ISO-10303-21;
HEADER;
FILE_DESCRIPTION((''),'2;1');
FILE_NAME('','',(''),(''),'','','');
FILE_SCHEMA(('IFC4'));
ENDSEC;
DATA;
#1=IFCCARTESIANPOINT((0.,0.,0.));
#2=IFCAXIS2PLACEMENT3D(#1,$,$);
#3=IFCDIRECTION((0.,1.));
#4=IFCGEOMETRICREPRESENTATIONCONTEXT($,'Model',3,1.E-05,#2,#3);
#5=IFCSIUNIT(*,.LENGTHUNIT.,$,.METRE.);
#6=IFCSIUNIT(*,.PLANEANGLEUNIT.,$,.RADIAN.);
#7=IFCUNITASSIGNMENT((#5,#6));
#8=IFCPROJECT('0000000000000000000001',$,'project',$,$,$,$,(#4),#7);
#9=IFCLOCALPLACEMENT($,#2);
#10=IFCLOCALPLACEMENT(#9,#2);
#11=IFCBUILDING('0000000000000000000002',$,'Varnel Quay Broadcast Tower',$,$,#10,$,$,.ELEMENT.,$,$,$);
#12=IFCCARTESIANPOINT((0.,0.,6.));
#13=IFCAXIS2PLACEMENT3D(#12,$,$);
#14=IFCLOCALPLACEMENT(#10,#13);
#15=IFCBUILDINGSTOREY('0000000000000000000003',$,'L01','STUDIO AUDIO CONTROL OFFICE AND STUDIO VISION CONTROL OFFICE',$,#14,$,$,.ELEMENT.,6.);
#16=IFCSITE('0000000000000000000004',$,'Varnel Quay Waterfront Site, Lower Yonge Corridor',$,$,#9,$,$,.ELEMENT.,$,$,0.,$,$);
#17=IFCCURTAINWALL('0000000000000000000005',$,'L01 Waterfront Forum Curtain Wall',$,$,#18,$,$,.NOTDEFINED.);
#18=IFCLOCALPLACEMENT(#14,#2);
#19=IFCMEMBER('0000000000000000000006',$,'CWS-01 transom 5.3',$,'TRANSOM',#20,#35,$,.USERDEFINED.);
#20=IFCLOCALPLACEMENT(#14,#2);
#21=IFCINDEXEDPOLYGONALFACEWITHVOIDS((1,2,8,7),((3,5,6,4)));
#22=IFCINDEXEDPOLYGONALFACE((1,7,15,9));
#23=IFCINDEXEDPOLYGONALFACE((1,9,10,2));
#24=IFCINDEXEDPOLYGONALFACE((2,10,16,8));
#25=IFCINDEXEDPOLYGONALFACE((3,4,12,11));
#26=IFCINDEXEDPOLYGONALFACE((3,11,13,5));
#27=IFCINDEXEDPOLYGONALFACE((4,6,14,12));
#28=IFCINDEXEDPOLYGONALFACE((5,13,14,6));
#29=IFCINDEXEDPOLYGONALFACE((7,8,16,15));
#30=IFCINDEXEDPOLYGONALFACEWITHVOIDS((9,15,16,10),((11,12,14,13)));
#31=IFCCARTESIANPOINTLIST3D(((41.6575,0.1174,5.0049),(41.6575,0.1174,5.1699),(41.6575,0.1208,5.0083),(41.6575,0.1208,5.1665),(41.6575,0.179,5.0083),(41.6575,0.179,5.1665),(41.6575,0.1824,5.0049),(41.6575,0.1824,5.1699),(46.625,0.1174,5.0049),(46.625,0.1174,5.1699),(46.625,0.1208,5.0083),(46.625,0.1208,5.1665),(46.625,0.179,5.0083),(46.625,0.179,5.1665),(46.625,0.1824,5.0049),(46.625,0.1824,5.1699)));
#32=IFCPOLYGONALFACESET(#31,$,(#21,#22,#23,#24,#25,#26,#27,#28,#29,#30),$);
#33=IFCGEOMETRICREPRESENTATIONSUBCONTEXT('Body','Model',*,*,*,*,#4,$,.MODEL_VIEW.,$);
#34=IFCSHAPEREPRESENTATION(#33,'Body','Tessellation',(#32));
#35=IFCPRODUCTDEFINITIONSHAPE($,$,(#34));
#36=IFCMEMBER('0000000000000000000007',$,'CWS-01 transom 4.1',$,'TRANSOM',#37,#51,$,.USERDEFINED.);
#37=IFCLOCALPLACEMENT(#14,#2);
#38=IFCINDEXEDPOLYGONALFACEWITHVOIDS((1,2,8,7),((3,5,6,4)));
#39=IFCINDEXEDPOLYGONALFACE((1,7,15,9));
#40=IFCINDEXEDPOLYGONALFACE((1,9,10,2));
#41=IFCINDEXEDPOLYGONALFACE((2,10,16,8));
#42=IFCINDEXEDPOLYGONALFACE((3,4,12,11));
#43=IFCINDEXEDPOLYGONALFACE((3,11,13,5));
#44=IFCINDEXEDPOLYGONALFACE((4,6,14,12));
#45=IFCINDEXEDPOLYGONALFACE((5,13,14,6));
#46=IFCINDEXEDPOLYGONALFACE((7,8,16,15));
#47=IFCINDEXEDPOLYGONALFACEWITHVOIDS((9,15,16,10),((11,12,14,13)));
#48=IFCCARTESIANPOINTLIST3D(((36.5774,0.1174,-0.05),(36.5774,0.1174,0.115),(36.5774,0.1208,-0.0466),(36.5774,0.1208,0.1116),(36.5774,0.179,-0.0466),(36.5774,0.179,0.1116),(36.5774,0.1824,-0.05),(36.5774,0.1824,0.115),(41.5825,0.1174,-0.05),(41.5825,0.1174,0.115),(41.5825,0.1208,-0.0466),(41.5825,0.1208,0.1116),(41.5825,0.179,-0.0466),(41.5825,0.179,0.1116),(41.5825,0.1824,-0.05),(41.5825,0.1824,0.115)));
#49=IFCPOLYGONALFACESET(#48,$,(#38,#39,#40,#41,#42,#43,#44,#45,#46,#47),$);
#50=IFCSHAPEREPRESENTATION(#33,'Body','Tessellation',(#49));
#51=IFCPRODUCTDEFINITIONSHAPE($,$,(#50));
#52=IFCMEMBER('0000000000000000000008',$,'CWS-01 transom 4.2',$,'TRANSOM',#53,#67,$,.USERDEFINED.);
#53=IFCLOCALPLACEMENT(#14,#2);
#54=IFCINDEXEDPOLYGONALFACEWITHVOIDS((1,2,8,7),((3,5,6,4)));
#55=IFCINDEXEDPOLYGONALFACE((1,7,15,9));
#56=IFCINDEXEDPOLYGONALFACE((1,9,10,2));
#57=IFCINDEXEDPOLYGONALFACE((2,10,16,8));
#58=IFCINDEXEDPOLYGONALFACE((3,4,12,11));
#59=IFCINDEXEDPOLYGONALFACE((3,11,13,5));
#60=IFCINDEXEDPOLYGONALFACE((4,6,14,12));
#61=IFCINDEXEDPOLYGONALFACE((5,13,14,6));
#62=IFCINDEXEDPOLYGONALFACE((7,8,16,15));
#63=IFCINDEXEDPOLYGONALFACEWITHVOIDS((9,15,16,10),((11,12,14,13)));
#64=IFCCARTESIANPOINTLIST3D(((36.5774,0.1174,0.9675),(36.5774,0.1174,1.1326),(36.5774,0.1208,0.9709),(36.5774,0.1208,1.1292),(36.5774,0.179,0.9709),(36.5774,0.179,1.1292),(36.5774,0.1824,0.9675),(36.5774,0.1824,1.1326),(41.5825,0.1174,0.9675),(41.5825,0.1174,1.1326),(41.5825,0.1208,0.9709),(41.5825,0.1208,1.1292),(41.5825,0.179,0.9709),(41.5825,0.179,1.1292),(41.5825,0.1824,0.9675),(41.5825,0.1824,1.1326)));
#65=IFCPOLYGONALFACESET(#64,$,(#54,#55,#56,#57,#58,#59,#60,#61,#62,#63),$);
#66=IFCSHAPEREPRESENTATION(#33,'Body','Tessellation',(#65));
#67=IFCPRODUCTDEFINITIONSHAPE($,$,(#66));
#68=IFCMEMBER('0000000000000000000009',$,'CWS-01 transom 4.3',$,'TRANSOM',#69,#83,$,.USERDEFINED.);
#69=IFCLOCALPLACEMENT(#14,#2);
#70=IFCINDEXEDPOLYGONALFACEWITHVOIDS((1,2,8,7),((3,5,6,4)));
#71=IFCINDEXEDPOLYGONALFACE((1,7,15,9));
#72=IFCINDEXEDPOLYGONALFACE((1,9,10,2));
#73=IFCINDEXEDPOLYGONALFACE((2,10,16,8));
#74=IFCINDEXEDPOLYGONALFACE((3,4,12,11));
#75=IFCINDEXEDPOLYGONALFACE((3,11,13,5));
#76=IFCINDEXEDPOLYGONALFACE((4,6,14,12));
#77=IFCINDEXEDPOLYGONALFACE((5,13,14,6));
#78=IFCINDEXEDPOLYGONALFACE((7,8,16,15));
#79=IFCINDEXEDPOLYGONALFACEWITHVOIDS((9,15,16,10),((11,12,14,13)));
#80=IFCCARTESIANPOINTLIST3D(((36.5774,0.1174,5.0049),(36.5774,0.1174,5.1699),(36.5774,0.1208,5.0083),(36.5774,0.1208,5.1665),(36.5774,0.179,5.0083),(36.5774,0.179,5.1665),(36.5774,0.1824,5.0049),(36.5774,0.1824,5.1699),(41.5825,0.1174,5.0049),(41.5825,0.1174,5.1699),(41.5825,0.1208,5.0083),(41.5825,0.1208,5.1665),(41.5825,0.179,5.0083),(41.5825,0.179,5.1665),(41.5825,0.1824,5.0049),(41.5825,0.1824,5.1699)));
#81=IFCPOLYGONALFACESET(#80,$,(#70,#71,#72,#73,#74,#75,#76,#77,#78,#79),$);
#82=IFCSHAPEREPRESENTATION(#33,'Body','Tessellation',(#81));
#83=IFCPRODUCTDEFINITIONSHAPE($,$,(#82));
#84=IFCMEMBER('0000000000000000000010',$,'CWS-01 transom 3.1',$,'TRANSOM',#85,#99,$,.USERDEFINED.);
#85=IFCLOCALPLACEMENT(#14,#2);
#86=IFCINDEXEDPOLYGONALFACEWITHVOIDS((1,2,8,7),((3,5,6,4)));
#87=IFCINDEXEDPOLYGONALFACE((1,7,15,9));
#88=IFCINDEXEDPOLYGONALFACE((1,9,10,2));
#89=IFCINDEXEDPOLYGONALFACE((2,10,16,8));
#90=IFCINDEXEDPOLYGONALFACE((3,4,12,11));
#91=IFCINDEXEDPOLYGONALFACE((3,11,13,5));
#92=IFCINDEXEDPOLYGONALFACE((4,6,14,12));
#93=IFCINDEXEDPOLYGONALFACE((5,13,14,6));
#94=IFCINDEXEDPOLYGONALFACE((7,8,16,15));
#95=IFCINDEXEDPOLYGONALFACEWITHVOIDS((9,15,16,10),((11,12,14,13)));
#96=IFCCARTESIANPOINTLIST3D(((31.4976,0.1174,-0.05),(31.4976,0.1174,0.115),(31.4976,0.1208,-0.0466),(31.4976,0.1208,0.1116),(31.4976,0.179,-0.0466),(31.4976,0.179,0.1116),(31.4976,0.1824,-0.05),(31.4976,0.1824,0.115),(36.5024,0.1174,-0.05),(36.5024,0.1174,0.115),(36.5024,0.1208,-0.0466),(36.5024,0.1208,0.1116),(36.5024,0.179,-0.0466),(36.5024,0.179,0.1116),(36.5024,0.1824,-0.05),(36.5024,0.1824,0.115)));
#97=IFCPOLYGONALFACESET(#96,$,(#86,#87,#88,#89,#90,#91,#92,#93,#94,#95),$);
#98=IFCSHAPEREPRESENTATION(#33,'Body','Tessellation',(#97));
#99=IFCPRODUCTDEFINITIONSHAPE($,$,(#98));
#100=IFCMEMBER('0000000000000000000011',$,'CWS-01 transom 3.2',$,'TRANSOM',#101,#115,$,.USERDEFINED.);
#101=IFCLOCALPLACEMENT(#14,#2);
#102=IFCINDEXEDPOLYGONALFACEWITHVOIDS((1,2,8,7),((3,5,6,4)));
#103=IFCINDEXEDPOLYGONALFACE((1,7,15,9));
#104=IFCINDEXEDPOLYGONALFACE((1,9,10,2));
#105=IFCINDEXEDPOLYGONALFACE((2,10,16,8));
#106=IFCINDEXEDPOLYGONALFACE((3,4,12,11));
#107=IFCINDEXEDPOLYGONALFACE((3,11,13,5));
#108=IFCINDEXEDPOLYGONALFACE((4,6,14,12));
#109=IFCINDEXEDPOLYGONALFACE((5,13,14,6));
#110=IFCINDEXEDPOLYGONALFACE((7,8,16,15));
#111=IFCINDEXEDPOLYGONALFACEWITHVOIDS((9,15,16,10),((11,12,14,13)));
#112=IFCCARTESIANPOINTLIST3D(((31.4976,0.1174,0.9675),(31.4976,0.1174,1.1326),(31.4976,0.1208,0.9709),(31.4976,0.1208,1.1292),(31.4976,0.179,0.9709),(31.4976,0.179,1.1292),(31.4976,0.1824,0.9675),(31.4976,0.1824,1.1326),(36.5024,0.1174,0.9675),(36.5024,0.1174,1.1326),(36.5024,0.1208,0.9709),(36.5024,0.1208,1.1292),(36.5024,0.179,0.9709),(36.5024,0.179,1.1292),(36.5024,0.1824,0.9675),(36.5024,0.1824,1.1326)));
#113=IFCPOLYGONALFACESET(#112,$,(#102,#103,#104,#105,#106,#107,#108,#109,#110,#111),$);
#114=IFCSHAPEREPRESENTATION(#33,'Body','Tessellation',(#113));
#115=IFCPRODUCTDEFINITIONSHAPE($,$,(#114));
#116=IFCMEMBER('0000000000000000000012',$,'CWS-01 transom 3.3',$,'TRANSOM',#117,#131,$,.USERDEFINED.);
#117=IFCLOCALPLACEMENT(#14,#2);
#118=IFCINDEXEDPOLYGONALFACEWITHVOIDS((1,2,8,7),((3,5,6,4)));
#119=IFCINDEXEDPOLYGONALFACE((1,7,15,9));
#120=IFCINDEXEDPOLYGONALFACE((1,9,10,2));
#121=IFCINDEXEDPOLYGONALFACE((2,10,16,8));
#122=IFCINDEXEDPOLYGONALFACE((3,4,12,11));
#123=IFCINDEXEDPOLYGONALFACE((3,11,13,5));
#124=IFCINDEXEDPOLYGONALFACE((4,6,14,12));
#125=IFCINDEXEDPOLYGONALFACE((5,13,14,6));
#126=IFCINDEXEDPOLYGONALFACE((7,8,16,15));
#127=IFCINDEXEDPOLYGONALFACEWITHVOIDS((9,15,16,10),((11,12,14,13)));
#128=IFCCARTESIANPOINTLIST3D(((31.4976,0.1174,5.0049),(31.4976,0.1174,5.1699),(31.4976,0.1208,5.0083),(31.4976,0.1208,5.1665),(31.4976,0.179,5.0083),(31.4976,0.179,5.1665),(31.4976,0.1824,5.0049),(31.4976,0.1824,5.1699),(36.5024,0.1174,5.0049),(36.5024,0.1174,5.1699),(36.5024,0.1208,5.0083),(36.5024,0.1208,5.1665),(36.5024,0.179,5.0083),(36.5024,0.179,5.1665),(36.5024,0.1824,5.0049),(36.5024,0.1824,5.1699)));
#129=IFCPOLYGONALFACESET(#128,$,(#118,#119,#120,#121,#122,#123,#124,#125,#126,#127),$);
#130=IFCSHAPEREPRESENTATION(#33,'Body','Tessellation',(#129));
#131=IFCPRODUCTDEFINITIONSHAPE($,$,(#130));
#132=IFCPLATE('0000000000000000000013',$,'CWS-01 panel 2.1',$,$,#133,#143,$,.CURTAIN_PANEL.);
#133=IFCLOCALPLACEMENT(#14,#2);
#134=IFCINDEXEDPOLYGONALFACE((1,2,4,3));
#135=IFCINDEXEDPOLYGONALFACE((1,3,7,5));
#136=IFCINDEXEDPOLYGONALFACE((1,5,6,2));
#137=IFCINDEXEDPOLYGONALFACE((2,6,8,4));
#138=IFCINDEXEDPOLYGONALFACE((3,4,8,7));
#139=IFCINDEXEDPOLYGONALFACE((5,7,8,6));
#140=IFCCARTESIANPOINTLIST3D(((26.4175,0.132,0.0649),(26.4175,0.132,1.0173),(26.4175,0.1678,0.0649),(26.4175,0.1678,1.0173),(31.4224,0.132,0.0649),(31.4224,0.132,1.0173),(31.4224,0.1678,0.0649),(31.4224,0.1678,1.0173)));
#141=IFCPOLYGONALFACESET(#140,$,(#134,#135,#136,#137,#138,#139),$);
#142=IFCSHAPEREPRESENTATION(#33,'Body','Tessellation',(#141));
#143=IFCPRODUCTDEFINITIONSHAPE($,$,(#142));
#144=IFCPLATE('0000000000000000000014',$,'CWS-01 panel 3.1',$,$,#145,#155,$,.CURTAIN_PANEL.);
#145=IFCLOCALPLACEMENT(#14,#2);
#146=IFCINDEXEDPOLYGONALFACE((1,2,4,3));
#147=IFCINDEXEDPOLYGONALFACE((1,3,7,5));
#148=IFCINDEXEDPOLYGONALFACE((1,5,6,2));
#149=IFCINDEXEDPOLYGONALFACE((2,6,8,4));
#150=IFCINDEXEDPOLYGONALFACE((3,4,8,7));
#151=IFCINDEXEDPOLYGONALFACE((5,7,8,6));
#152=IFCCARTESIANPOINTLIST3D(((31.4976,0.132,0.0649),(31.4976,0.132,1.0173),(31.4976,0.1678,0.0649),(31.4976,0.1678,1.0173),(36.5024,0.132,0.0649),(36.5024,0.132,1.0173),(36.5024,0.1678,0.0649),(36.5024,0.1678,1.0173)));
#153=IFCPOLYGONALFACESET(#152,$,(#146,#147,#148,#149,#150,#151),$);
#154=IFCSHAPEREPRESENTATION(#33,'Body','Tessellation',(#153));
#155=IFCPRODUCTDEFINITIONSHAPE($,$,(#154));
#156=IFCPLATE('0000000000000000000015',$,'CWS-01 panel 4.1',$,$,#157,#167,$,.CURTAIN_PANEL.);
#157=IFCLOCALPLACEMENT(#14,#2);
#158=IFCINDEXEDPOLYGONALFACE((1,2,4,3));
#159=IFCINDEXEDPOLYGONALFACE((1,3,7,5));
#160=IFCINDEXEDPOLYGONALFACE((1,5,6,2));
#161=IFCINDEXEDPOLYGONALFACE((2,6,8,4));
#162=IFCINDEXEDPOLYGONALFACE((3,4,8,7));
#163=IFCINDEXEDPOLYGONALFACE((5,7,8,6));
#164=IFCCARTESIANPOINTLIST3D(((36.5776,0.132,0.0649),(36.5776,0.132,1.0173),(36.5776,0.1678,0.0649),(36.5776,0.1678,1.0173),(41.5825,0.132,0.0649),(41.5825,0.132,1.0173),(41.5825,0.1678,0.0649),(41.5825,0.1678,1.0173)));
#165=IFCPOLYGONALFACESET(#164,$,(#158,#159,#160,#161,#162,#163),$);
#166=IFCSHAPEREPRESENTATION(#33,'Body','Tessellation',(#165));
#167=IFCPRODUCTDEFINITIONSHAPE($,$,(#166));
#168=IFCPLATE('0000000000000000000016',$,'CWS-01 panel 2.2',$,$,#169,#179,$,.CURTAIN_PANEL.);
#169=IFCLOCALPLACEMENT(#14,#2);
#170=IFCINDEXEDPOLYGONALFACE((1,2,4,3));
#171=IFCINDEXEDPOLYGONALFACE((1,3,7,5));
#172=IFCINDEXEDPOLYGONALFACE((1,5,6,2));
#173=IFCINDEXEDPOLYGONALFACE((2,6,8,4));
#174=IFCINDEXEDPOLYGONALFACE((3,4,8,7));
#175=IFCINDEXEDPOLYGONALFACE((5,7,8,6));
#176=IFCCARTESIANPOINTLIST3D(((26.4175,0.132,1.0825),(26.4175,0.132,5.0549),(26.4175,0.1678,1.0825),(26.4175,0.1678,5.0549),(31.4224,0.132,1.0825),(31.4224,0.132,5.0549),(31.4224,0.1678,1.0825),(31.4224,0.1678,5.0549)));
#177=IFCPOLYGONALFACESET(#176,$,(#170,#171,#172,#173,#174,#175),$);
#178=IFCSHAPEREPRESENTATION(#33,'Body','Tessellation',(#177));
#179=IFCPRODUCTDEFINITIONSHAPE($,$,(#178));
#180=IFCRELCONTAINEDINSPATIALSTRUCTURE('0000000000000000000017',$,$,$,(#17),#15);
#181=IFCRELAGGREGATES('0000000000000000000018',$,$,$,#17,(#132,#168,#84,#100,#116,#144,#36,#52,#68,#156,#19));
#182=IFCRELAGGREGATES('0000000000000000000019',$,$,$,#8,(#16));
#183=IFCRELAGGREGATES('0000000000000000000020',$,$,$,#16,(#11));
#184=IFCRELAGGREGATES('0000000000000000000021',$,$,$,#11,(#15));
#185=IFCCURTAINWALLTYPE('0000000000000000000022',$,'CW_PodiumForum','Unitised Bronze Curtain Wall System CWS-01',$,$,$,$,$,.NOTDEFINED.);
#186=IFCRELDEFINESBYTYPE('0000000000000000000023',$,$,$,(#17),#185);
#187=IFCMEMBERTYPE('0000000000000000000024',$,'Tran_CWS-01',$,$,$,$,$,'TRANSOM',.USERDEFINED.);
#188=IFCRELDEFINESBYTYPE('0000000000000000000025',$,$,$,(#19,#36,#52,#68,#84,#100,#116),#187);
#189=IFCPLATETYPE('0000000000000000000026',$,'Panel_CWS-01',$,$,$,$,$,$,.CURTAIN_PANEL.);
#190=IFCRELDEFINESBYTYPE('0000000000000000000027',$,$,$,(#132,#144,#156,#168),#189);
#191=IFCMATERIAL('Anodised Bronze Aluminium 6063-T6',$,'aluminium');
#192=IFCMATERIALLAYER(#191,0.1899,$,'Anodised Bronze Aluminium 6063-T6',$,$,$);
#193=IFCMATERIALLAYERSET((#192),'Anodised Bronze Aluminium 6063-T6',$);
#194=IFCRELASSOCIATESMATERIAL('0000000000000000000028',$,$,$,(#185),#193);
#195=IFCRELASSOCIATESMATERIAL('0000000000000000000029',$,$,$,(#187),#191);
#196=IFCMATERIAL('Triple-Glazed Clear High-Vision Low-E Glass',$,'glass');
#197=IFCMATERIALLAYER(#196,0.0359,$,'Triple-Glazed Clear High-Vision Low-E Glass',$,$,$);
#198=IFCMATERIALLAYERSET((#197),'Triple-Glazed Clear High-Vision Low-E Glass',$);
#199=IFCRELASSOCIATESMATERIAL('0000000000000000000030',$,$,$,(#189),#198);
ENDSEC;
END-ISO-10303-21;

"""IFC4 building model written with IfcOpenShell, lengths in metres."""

from ifc_helpers import new_model, si_unit, direction, frame, origin, origin_2d, place, context, subcontext, project, spatial, rectangle, hollow_rectangle, extrude, source, transform, mapped, material, layer, layer_set, material_profile, profile_set, type_object, type_shapes, element, aggregate, save


model = new_model("IFC4")

# Units and contexts
model_context = context("Model", 3, precision=1e-05, world=origin(), true_north=direction((0.0, 1.0)))
body_context = subcontext(model_context, "Body", "Model", "MODEL_VIEW")
ifc_project = project(units=[si_unit("LENGTHUNIT", "METRE"), si_unit("PLANEANGLEUNIT", "RADIAN")], contexts=[model_context])

# Site, building, storey
site_placement = place(None, origin())
site = spatial("IfcSite", under=ifc_project, at=site_placement, Name="Varnel Quay Waterfront Site, Lower Yonge Corridor", CompositionType="ELEMENT", RefElevation=0.0)
building_placement = place(site_placement, origin())
building = spatial("IfcBuilding", under=site, at=building_placement, Name="Varnel Quay Broadcast Tower", CompositionType="ELEMENT")
storey_placement = place(building_placement, frame((0.0, 0.0, 6.0)))
storey = spatial("IfcBuildingStorey", under=building, at=storey_placement, Name="L01", Description="STUDIO AUDIO CONTROL OFFICE AND STUDIO VISION CONTROL OFFICE", CompositionType="ELEMENT", Elevation=6.0)

# Curtain wall, members, plates
ifc_material_1 = material(Name="Anodised Bronze Aluminium 6063-T6", Category="aluminium")
ifc_layer_1 = layer(ifc_material_1, 0.1899, Name="Anodised Bronze Aluminium 6063-T6")
ifc_layer_set_1 = layer_set([ifc_layer_1], Name="Anodised Bronze Aluminium 6063-T6")
curtain_wall_type = type_object("IfcCurtainWallType", Name="CW_PodiumForum", Description="Unitised Bronze Curtain Wall System CWS-01", PredefinedType="NOTDEFINED", material=ifc_layer_set_1)
curtain_wall_placement = place(storey_placement, origin())
curtain_wall = element("IfcCurtainWall", 1, at=curtain_wall_placement, inside=storey, type_object=curtain_wall_type, Name="L01 Waterfront Forum Curtain Wall", PredefinedType="NOTDEFINED")
ifc_material_profile_1 = material_profile(ifc_material_1, hollow_rectangle(XDim=0.0649, YDim=0.165, WallThickness=0.0034, at=origin_2d()), Name="ALU65X165X3.5")
ifc_profile_set_1 = profile_set([ifc_material_profile_1], Name="Anodised Bronze Aluminium 6063-T6")
member_type_1 = type_object("IfcMemberType", Name="Tran_CWS-01", ElementType="TRANSOM", PredefinedType="USERDEFINED", material=ifc_profile_set_1)
shared_shape_1 = source(origin(), body_context, "Body", "SweptSolid", [
    extrude(hollow_rectangle(XDim=0.0649, YDim=0.165, WallThickness=0.0034, at=origin_2d()), origin(), (0.0, 0.0, 1.0), 4.9675),
])
member_1_placement = place(storey_placement, frame((41.6575, 0.1499, 5.0874), z_axis=(1.0, 0.0, 0.0), x_axis=(0.0, 1.0, 0.0)))
member_1 = element("IfcMember", 2, at=member_1_placement, type_object=member_type_1, Name="CWS-01 transom 5.3", ObjectType="TRANSOM", PredefinedType="USERDEFINED", context=body_context, shape_type="MappedRepresentation", body=[
    mapped(shared_shape_1, transform((0.0, 0.0, 0.0), x_axis=(1.0, 0.0, 0.0), y_axis=(0.0, 1.0, 0.0), z_axis=(0.0, 0.0, 1.0), scale=1.0)),
])
shared_shape_2 = source(origin(), body_context, "Body", "SweptSolid", [
    extrude(hollow_rectangle(XDim=0.0649, YDim=0.165, WallThickness=0.0034, at=origin_2d()), origin(), (0.0, 0.0, 1.0), 5.0051),
])
member_2_placement = place(storey_placement, frame((36.5774, 0.1499, 0.0325), z_axis=(1.0, 0.0, 0.0), x_axis=(0.0, 1.0, 0.0)))
member_2 = element("IfcMember", 3, at=member_2_placement, type_object=member_type_1, Name="CWS-01 transom 4.1", ObjectType="TRANSOM", PredefinedType="USERDEFINED", context=body_context, shape_type="MappedRepresentation", body=[
    mapped(shared_shape_2, transform((0.0, 0.0, 0.0), x_axis=(1.0, 0.0, 0.0), y_axis=(0.0, 1.0, 0.0), z_axis=(0.0, 0.0, 1.0), scale=1.0)),
])
member_3_placement = place(storey_placement, frame((36.5774, 0.1499, 1.05), z_axis=(1.0, 0.0, 0.0), x_axis=(0.0, 1.0, 0.0)))
member_3 = element("IfcMember", 4, at=member_3_placement, type_object=member_type_1, Name="CWS-01 transom 4.2", ObjectType="TRANSOM", PredefinedType="USERDEFINED", context=body_context, shape_type="MappedRepresentation", body=[
    mapped(shared_shape_2, transform((0.0, 0.0, 0.0), x_axis=(1.0, 0.0, 0.0), y_axis=(0.0, 1.0, 0.0), z_axis=(0.0, 0.0, 1.0), scale=1.0)),
])
member_4_placement = place(storey_placement, frame((36.5774, 0.1499, 5.0874), z_axis=(1.0, 0.0, 0.0), x_axis=(0.0, 1.0, 0.0)))
member_4 = element("IfcMember", 5, at=member_4_placement, type_object=member_type_1, Name="CWS-01 transom 4.3", ObjectType="TRANSOM", PredefinedType="USERDEFINED", context=body_context, shape_type="MappedRepresentation", body=[
    mapped(shared_shape_2, transform((0.0, 0.0, 0.0), x_axis=(1.0, 0.0, 0.0), y_axis=(0.0, 1.0, 0.0), z_axis=(0.0, 0.0, 1.0), scale=1.0)),
])
shared_shape_3 = source(origin(), body_context, "Body", "SweptSolid", [
    extrude(hollow_rectangle(XDim=0.0649, YDim=0.165, WallThickness=0.0034, at=origin_2d()), origin(), (0.0, 0.0, 1.0), 5.0049),
])
type_shapes(member_type_1, [shared_shape_1, shared_shape_2, shared_shape_3])
member_5_placement = place(storey_placement, frame((31.4976, 0.1499, 0.0325), z_axis=(1.0, 0.0, 0.0), x_axis=(0.0, 1.0, 0.0)))
member_5 = element("IfcMember", 6, at=member_5_placement, type_object=member_type_1, Name="CWS-01 transom 3.1", ObjectType="TRANSOM", PredefinedType="USERDEFINED", context=body_context, shape_type="MappedRepresentation", body=[
    mapped(shared_shape_3, transform((0.0, 0.0, 0.0), x_axis=(1.0, 0.0, 0.0), y_axis=(0.0, 1.0, 0.0), z_axis=(0.0, 0.0, 1.0), scale=1.0)),
])
member_6_placement = place(storey_placement, frame((31.4976, 0.1499, 1.05), z_axis=(1.0, 0.0, 0.0), x_axis=(0.0, 1.0, 0.0)))
member_6 = element("IfcMember", 7, at=member_6_placement, type_object=member_type_1, Name="CWS-01 transom 3.2", ObjectType="TRANSOM", PredefinedType="USERDEFINED", context=body_context, shape_type="MappedRepresentation", body=[
    mapped(shared_shape_3, transform((0.0, 0.0, 0.0), x_axis=(1.0, 0.0, 0.0), y_axis=(0.0, 1.0, 0.0), z_axis=(0.0, 0.0, 1.0), scale=1.0)),
])
member_7_placement = place(storey_placement, frame((31.4976, 0.1499, 5.0874), z_axis=(1.0, 0.0, 0.0), x_axis=(0.0, 1.0, 0.0)))
member_7 = element("IfcMember", 8, at=member_7_placement, type_object=member_type_1, Name="CWS-01 transom 3.3", ObjectType="TRANSOM", PredefinedType="USERDEFINED", context=body_context, shape_type="MappedRepresentation", body=[
    mapped(shared_shape_3, transform((0.0, 0.0, 0.0), x_axis=(1.0, 0.0, 0.0), y_axis=(0.0, 1.0, 0.0), z_axis=(0.0, 0.0, 1.0), scale=1.0)),
])
ifc_material_2 = material(Name="Triple-Glazed Clear High-Vision Low-E Glass", Category="glass")
ifc_layer_2 = layer(ifc_material_2, 0.0359, Name="Triple-Glazed Clear High-Vision Low-E Glass")
ifc_layer_set_2 = layer_set([ifc_layer_2], Name="Triple-Glazed Clear High-Vision Low-E Glass")
plate_type = type_object("IfcPlateType", Name="Panel_CWS-01", PredefinedType="CURTAIN_PANEL", material=ifc_layer_set_2)
shared_shape_4 = source(origin(), body_context, "Body", "SweptSolid", [
    extrude(rectangle(XDim=5.0049, YDim=0.0359, at=origin_2d()), origin(), (0.0, 0.0, 1.0), 0.9524),
])
plate_1_placement = place(storey_placement, frame((28.9199, 0.1499, 0.0649), z_axis=(0.0, 0.0, 1.0), x_axis=(1.0, 0.0, 0.0)))
plate_1 = element("IfcPlate", 9, at=plate_1_placement, type_object=plate_type, Name="CWS-01 panel 2.1", PredefinedType="CURTAIN_PANEL", context=body_context, shape_type="MappedRepresentation", body=[
    mapped(shared_shape_4, transform((0.0, 0.0, 0.0), x_axis=(1.0, 0.0, 0.0), y_axis=(0.0, 1.0, 0.0), z_axis=(0.0, 0.0, 1.0), scale=1.0)),
])
plate_2_placement = place(storey_placement, frame((34.0, 0.1499, 0.0649), z_axis=(0.0, 0.0, 1.0), x_axis=(1.0, 0.0, 0.0)))
plate_2 = element("IfcPlate", 10, at=plate_2_placement, type_object=plate_type, Name="CWS-01 panel 3.1", PredefinedType="CURTAIN_PANEL", context=body_context, shape_type="MappedRepresentation", body=[
    mapped(shared_shape_4, transform((0.0, 0.0, 0.0), x_axis=(1.0, 0.0, 0.0), y_axis=(0.0, 1.0, 0.0), z_axis=(0.0, 0.0, 1.0), scale=1.0)),
])
plate_3_placement = place(storey_placement, frame((39.0801, 0.1499, 0.0649), z_axis=(0.0, 0.0, 1.0), x_axis=(1.0, 0.0, 0.0)))
plate_3 = element("IfcPlate", 11, at=plate_3_placement, type_object=plate_type, Name="CWS-01 panel 4.1", PredefinedType="CURTAIN_PANEL", context=body_context, shape_type="MappedRepresentation", body=[
    mapped(shared_shape_4, transform((0.0, 0.0, 0.0), x_axis=(1.0, 0.0, 0.0), y_axis=(0.0, 1.0, 0.0), z_axis=(0.0, 0.0, 1.0), scale=1.0)),
])
shared_shape_5 = source(origin(), body_context, "Body", "SweptSolid", [
    extrude(rectangle(XDim=5.0049, YDim=0.0359, at=origin_2d()), origin(), (0.0, 0.0, 1.0), 3.9724),
])
type_shapes(plate_type, [shared_shape_4, shared_shape_5])
plate_4_placement = place(storey_placement, frame((28.9199, 0.1499, 1.0825), z_axis=(0.0, 0.0, 1.0), x_axis=(1.0, 0.0, 0.0)))
plate_4 = element("IfcPlate", 12, at=plate_4_placement, type_object=plate_type, Name="CWS-01 panel 2.2", PredefinedType="CURTAIN_PANEL", context=body_context, shape_type="MappedRepresentation", body=[
    mapped(shared_shape_5, transform((0.0, 0.0, 0.0), x_axis=(1.0, 0.0, 0.0), y_axis=(0.0, 1.0, 0.0), z_axis=(0.0, 0.0, 1.0), scale=1.0)),
])
aggregate(curtain_wall, [plate_1, plate_4, member_5, member_6, member_7, plate_2, member_2, member_3, member_4, plate_3, member_1])

save(model, "model.ifc")
